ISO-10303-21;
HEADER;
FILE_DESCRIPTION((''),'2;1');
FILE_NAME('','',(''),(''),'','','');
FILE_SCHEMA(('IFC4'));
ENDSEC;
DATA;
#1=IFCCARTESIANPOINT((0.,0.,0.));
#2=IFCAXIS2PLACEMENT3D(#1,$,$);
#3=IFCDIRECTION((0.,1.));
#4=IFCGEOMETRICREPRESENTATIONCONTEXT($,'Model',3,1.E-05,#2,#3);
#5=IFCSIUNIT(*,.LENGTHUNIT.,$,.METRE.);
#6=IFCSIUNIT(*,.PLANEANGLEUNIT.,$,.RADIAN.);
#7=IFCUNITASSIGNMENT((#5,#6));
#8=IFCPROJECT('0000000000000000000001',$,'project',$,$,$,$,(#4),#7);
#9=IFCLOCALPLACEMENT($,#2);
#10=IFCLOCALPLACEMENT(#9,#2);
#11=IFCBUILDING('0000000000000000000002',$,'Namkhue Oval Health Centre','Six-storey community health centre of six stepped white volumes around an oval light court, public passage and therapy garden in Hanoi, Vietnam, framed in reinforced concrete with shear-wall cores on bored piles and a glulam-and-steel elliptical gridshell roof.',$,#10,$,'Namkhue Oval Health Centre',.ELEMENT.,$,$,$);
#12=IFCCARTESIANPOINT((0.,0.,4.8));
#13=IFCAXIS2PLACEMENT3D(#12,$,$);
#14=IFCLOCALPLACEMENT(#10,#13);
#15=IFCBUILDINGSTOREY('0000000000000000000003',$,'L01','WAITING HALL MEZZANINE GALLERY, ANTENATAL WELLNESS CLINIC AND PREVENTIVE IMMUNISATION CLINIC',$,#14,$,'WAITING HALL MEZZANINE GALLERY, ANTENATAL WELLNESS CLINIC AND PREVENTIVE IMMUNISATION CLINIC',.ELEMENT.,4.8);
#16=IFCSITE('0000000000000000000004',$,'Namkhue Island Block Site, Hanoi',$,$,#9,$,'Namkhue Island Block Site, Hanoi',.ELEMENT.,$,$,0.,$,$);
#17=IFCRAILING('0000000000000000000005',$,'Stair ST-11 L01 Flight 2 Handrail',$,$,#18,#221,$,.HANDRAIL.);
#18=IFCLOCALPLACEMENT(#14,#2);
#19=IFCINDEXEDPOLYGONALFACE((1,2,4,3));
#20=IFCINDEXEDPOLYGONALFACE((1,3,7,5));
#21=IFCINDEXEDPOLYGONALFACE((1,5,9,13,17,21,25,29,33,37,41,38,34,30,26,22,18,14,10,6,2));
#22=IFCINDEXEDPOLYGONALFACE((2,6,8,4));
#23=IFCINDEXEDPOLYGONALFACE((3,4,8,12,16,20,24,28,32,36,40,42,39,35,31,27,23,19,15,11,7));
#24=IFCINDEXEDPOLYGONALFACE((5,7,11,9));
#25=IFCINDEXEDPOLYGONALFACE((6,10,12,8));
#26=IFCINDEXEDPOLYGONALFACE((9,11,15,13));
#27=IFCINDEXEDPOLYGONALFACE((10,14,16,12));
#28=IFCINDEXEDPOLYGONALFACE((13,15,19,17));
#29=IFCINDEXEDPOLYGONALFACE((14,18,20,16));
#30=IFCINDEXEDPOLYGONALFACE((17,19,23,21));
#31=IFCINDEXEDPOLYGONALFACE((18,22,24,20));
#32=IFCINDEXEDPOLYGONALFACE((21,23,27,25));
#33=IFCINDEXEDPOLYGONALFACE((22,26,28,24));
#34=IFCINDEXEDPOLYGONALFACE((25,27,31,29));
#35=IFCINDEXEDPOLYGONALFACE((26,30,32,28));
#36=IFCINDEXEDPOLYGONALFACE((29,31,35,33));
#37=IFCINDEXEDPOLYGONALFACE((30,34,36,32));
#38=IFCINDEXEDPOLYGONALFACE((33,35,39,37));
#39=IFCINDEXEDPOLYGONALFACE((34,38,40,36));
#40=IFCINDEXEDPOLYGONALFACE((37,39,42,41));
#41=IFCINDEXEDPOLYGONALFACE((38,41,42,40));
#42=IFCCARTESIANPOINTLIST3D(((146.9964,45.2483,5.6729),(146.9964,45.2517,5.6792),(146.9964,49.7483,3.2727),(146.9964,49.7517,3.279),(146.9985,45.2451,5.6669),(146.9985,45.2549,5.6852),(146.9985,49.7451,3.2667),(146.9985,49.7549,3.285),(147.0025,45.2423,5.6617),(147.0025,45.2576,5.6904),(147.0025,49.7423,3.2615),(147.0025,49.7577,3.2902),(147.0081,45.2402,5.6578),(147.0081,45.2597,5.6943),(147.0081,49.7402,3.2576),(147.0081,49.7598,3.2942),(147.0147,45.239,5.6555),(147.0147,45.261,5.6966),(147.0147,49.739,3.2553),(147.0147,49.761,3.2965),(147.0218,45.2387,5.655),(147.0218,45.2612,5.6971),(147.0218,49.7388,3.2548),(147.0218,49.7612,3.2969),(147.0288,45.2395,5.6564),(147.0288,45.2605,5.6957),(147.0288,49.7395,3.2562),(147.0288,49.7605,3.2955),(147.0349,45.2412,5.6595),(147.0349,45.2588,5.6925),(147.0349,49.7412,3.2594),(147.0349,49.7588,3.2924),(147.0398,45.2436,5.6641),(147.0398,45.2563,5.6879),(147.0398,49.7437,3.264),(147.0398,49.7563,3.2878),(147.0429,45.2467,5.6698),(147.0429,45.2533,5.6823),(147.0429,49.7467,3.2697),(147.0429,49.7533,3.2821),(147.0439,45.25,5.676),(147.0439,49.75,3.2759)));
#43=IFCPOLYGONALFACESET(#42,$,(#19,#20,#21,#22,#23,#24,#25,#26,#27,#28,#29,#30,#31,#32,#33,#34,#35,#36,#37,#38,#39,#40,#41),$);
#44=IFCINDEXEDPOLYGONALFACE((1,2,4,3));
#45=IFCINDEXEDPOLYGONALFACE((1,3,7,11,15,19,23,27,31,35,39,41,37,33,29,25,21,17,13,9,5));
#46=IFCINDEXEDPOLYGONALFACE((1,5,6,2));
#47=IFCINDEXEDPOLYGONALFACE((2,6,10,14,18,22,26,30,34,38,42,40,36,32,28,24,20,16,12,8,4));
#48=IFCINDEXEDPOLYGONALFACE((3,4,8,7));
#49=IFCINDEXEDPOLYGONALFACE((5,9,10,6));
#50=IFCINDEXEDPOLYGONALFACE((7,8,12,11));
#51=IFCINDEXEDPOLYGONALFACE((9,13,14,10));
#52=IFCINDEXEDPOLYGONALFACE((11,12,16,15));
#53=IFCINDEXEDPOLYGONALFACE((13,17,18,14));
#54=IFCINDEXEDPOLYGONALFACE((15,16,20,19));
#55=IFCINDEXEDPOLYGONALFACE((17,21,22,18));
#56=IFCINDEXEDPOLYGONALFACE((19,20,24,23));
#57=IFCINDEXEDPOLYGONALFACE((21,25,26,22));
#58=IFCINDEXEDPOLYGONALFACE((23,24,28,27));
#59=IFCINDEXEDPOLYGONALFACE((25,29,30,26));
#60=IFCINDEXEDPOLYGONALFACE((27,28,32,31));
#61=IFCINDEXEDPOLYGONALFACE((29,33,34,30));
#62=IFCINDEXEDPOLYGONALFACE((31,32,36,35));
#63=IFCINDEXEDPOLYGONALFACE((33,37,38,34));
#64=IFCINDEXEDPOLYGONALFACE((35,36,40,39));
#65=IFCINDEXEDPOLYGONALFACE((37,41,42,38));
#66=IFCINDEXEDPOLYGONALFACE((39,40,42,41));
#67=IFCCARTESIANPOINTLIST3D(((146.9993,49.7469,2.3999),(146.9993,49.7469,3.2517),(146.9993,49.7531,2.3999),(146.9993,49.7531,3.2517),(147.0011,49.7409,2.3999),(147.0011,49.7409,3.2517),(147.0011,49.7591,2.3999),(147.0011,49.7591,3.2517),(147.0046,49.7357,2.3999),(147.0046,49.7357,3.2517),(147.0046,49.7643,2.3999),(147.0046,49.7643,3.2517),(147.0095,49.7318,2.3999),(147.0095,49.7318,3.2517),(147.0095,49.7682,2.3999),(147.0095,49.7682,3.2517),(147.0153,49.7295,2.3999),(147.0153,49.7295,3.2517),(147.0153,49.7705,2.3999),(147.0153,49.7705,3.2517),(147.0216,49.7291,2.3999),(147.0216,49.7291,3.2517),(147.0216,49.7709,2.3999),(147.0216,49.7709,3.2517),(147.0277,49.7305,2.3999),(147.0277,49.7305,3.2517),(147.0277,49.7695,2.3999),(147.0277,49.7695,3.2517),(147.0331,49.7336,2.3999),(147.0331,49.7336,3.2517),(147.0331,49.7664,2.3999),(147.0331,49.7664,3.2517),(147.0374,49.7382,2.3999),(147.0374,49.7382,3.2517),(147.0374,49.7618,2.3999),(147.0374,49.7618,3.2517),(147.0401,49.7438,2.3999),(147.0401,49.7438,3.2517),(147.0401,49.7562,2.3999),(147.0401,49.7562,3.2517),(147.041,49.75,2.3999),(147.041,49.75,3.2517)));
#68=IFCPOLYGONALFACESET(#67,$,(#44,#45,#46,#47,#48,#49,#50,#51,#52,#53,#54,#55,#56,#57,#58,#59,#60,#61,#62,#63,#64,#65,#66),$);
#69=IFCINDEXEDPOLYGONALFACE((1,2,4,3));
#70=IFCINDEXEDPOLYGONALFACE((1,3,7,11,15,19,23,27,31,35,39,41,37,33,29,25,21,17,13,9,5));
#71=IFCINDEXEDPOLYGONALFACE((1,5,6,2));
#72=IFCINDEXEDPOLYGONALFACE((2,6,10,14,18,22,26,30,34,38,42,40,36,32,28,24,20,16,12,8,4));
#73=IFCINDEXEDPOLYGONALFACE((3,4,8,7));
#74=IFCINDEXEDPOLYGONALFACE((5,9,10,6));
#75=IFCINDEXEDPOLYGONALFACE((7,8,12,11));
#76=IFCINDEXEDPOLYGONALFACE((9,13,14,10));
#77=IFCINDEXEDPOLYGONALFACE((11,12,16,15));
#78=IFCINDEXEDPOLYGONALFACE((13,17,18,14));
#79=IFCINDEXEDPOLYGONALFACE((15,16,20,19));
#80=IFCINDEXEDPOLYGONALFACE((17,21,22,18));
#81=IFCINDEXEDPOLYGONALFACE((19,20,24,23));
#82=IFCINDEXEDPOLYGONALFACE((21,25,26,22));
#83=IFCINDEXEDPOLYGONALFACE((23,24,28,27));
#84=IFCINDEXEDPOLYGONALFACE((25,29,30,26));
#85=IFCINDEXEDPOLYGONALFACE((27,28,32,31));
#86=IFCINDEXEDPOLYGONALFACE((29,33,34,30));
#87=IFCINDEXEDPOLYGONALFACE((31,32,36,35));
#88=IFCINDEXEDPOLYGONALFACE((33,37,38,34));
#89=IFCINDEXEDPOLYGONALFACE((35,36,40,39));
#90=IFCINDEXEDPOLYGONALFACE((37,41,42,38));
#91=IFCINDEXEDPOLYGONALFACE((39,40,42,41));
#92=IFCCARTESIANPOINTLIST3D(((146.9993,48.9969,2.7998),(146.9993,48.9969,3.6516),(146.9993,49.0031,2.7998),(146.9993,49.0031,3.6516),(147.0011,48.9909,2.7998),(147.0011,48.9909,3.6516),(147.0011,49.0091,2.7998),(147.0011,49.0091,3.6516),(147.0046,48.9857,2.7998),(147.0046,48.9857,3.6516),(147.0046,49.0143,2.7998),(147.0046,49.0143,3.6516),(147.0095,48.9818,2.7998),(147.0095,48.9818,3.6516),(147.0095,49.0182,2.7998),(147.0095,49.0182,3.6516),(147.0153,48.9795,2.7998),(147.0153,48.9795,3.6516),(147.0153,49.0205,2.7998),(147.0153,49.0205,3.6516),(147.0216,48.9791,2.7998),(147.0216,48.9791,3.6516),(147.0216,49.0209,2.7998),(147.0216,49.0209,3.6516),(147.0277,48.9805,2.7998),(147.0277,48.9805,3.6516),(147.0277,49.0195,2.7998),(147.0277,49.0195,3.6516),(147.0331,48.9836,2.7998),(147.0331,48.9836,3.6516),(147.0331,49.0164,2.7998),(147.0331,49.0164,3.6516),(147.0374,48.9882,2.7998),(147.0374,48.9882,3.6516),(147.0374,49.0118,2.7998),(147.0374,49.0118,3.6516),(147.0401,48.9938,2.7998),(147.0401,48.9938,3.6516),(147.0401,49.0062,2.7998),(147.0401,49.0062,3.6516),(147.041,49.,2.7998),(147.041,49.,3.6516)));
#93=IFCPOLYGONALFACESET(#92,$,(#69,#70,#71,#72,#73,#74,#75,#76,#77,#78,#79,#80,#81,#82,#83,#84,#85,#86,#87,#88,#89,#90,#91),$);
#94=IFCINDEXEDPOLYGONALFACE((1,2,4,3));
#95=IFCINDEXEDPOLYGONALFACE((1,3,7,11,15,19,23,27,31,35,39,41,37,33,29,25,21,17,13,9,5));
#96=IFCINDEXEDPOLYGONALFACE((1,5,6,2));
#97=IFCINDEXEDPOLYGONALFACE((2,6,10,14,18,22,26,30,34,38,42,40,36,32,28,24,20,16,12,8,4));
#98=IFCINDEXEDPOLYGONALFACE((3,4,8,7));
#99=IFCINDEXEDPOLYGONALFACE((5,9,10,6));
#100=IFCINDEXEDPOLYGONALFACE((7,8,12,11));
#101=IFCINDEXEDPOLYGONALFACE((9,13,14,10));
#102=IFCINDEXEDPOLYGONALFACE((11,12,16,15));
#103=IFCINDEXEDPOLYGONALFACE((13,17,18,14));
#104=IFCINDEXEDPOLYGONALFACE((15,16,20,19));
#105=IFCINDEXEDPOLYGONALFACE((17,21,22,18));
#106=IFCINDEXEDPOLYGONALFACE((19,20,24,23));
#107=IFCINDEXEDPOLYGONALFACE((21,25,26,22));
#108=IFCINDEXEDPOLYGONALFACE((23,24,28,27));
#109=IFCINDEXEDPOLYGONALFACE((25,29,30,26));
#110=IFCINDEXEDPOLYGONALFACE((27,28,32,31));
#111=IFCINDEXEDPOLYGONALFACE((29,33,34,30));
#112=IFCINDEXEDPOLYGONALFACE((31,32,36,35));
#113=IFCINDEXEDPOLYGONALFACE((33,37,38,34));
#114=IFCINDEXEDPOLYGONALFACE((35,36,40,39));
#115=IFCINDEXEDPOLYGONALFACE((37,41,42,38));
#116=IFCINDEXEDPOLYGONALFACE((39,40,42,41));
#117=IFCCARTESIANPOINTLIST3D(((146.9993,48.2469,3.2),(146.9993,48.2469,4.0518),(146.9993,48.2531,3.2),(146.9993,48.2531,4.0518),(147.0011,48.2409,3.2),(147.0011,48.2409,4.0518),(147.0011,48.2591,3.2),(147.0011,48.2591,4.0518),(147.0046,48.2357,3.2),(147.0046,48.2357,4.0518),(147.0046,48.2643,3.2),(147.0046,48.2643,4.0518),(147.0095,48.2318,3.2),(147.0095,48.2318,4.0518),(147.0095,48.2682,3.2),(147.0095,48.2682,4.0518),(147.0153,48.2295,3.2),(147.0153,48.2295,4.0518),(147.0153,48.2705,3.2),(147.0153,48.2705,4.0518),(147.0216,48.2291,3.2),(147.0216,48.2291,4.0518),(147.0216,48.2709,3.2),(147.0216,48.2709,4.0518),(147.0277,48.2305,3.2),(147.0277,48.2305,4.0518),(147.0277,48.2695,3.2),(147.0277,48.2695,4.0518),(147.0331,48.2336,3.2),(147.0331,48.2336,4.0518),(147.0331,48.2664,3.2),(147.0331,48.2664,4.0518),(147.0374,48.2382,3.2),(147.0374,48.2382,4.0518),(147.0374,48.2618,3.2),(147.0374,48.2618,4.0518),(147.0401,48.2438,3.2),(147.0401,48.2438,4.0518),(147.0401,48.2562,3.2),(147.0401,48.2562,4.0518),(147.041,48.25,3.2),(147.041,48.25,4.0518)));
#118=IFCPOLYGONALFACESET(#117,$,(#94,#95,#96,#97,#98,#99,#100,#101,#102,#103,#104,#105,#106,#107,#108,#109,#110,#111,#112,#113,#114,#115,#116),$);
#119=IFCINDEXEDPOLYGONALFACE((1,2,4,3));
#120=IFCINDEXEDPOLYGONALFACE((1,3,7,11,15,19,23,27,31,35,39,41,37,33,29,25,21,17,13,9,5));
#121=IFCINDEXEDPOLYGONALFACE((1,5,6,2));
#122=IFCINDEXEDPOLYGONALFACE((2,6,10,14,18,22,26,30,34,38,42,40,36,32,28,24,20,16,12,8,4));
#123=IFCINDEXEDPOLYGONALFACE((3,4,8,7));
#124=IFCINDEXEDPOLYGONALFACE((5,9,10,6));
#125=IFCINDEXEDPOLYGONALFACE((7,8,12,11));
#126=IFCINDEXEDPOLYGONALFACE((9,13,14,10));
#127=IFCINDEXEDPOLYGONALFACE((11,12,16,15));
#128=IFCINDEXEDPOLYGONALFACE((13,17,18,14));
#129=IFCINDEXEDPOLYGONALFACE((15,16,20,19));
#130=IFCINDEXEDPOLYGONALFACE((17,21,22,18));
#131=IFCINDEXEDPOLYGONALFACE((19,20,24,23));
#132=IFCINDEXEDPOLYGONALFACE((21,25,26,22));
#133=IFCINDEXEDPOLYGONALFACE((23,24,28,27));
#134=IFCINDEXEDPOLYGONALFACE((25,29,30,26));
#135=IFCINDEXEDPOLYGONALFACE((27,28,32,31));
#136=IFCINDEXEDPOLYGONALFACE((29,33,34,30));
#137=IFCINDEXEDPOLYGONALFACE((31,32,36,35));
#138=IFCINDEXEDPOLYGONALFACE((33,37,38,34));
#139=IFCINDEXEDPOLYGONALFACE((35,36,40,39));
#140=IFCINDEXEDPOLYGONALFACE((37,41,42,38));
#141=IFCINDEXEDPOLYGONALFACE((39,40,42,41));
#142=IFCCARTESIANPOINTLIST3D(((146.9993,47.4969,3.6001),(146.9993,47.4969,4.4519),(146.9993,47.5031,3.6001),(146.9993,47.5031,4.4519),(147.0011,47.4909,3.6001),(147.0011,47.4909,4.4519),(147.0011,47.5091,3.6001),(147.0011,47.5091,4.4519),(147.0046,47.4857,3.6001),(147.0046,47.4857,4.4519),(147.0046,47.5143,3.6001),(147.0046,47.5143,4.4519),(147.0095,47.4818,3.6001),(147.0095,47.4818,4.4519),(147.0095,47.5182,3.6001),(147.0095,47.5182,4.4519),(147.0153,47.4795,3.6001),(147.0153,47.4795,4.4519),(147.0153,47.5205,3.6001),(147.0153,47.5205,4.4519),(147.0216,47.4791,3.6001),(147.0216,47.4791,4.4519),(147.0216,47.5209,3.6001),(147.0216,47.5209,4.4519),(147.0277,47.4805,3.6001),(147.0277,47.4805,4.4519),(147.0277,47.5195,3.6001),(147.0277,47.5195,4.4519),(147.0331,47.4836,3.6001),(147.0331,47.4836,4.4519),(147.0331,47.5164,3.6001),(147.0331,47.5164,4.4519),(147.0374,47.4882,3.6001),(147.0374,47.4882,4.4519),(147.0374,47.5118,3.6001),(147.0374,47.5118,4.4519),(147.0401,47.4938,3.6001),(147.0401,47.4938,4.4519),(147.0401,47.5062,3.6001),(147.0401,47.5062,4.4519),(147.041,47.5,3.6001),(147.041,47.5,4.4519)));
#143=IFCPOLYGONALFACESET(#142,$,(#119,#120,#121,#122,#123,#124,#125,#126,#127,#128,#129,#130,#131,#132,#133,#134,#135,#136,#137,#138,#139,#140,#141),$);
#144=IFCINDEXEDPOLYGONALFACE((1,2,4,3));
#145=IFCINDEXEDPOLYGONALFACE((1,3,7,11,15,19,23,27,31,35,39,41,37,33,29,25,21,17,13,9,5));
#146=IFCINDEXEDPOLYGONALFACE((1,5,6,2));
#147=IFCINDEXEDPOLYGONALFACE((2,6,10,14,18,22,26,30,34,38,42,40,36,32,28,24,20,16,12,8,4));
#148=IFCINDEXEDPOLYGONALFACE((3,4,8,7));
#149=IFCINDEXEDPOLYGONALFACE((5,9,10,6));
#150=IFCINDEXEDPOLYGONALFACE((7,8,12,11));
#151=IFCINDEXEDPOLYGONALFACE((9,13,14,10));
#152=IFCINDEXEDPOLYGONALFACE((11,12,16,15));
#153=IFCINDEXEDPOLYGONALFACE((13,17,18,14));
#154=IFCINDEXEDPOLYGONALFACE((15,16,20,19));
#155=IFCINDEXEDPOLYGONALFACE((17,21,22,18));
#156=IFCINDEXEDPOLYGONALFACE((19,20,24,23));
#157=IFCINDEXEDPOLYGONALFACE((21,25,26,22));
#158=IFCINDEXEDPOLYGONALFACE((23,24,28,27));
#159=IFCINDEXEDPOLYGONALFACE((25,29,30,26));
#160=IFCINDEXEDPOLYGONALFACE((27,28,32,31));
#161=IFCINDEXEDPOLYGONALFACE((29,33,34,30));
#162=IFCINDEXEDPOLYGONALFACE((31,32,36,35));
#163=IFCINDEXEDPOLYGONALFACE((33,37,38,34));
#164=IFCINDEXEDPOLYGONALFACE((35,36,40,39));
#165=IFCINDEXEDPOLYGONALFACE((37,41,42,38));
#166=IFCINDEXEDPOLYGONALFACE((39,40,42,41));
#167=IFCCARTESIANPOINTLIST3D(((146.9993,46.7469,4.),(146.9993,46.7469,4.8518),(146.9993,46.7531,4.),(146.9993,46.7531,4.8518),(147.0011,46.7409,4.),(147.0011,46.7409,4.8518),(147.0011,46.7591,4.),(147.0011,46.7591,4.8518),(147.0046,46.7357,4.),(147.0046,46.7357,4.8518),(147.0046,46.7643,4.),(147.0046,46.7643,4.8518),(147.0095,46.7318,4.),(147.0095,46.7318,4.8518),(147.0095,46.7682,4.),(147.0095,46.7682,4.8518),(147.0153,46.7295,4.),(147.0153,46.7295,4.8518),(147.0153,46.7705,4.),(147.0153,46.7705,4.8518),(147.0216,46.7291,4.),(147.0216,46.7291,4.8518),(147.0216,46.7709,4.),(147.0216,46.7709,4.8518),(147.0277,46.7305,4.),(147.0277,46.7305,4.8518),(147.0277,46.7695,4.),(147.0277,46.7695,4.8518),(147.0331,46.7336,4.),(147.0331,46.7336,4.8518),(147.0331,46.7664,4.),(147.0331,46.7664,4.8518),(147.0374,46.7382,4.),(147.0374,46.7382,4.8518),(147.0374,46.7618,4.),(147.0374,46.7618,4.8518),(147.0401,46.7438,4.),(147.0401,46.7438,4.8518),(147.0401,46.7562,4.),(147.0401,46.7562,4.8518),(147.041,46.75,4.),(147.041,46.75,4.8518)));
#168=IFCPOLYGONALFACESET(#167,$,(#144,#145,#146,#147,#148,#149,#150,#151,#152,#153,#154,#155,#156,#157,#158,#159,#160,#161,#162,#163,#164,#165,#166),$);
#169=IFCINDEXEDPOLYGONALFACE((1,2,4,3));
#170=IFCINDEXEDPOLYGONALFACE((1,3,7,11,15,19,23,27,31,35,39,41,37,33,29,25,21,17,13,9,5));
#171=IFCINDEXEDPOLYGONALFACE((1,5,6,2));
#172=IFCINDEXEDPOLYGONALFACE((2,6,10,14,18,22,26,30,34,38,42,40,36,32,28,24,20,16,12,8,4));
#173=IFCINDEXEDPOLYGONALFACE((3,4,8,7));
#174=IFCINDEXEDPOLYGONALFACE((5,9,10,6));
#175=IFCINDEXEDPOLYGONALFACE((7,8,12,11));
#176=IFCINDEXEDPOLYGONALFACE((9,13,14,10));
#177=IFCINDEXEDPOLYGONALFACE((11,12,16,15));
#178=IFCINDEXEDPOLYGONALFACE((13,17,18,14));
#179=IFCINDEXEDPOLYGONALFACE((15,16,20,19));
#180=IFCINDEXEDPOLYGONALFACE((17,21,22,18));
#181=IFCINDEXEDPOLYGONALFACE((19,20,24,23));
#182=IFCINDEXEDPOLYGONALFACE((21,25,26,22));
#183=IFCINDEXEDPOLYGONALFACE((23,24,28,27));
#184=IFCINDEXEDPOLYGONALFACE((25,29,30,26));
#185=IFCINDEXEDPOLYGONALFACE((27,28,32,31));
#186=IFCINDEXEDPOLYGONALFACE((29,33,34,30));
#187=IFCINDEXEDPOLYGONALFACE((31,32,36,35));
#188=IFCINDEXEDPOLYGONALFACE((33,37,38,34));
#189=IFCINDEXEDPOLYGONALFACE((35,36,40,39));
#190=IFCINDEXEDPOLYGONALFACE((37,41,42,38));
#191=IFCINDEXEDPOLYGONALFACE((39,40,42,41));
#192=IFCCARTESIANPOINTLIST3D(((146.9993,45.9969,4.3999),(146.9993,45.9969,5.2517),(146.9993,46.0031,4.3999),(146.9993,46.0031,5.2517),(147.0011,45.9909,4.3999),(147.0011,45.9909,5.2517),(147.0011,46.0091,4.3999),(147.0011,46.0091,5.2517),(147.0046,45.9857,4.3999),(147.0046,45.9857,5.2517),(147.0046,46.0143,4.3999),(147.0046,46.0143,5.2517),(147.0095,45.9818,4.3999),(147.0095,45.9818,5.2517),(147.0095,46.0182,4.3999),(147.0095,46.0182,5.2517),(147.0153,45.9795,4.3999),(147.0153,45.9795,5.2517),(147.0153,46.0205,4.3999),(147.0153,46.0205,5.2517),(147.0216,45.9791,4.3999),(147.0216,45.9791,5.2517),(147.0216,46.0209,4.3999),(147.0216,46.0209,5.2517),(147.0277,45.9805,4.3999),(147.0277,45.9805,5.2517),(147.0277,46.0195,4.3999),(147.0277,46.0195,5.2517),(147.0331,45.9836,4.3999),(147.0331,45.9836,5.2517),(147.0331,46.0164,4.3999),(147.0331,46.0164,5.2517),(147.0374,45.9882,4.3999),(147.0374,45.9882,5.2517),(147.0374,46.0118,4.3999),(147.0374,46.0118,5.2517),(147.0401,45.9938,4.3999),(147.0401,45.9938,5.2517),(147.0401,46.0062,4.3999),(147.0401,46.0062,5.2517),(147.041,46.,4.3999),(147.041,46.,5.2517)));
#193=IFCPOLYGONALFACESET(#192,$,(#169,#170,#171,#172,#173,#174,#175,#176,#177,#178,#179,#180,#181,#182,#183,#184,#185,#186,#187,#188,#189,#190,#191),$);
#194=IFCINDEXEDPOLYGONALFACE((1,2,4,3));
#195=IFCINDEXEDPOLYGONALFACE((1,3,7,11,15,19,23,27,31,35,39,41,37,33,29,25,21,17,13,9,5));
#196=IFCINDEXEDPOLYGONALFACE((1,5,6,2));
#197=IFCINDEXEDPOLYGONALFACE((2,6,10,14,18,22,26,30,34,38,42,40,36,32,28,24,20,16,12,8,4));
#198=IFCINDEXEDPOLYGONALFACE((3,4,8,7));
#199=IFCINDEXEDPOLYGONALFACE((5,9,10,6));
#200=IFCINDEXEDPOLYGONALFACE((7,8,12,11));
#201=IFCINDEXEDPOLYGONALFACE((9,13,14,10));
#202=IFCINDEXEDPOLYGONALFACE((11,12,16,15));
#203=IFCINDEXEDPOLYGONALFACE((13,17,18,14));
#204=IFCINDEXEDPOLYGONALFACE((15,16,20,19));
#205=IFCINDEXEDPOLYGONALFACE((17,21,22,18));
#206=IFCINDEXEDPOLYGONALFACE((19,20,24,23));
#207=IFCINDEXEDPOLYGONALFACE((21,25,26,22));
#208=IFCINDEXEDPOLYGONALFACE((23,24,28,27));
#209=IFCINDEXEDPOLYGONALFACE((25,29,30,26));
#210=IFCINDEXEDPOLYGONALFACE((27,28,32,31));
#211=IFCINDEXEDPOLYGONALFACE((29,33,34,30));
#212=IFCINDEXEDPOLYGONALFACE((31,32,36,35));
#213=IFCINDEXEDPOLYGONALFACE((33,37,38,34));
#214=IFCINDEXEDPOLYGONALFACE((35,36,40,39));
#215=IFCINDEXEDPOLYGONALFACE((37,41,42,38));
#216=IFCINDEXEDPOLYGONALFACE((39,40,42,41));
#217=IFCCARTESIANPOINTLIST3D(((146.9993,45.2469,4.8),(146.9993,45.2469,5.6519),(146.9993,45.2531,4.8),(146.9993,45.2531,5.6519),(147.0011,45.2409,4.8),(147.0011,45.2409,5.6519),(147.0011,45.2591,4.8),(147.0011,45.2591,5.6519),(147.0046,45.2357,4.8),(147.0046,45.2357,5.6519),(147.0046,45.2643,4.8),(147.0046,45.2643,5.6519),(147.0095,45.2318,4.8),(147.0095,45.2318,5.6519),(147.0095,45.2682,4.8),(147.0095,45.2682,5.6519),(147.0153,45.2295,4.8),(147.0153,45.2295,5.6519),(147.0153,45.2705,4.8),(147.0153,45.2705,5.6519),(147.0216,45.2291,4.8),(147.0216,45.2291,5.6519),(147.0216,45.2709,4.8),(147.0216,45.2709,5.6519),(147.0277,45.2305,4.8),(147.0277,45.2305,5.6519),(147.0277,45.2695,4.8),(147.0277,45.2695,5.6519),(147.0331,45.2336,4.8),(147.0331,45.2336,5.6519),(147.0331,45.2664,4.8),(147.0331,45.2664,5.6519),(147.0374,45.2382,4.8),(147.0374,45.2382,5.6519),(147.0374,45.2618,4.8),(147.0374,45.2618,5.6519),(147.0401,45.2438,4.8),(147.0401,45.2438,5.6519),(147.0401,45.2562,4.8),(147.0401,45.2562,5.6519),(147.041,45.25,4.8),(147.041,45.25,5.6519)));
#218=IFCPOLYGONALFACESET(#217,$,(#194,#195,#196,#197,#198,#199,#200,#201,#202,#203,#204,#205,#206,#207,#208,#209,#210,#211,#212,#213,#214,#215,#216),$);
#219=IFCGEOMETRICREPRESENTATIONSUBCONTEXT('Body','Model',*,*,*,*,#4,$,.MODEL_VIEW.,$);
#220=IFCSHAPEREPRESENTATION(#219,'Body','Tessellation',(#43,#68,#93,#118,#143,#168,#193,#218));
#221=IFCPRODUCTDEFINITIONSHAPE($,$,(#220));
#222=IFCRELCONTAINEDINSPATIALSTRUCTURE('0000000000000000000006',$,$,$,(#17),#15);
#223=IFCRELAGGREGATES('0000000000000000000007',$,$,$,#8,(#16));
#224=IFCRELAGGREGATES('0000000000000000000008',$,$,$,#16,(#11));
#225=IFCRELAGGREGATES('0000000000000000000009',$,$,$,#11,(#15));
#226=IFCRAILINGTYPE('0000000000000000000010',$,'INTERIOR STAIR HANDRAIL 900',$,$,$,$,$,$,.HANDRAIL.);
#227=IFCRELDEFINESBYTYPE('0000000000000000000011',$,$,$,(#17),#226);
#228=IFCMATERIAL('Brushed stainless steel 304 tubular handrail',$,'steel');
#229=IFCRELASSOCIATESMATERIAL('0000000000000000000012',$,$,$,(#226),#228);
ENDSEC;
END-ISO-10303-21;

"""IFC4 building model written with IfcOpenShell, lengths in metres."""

from ifc_helpers import new_model, si_unit, direction, frame, origin, origin_2d, place, context, subcontext, project, spatial, circle, extrude, material, type_object, element, save


model = new_model("IFC4")

# Units and contexts
model_context = context("Model", 3, precision=1e-05, world=origin(), true_north=direction((0.0, 1.0)))
body_context = subcontext(model_context, "Body", "Model", "MODEL_VIEW")
ifc_project = project(units=[si_unit("LENGTHUNIT", "METRE"), si_unit("PLANEANGLEUNIT", "RADIAN")], contexts=[model_context])

# Site, building, storey
site_placement = place(None, origin())
site = spatial("IfcSite", under=ifc_project, at=site_placement, Name="Namkhue Island Block Site, Hanoi", LongName="Namkhue Island Block Site, Hanoi", CompositionType="ELEMENT", RefElevation=0.0)
building_placement = place(site_placement, origin())
building = spatial("IfcBuilding", under=site, at=building_placement, Name="Namkhue Oval Health Centre", Description="Six-storey community health centre of six stepped white volumes around an oval light court, public passage and therapy garden in Hanoi, Vietnam, framed in reinforced concrete with shear-wall cores on bored piles and a glulam-and-steel elliptical gridshell roof.", LongName="Namkhue Oval Health Centre", CompositionType="ELEMENT")
storey_placement = place(building_placement, frame((0.0, 0.0, 4.8)))
storey = spatial("IfcBuildingStorey", under=building, at=storey_placement, Name="L01", Description="WAITING HALL MEZZANINE GALLERY, ANTENATAL WELLNESS CLINIC AND PREVENTIVE IMMUNISATION CLINIC", LongName="WAITING HALL MEZZANINE GALLERY, ANTENATAL WELLNESS CLINIC AND PREVENTIVE IMMUNISATION CLINIC", CompositionType="ELEMENT", Elevation=4.8)

# Railing
ifc_material_1 = material(Name="Brushed stainless steel 304 tubular handrail", Category="steel")
railing_type_1 = type_object("IfcRailingType", Name="INTERIOR STAIR HANDRAIL 900", PredefinedType="HANDRAIL", material=ifc_material_1)
railing_1_placement = place(storey_placement, frame((147.02, 49.75, 2.3999)))
element("IfcRailing", 1, at=railing_1_placement, inside=storey, type_object=railing_type_1, Name="Stair ST-11 L01 Flight 2 Handrail", PredefinedType="HANDRAIL", context=body_context, shape_type="SweptSolid", body=[
    extrude(circle(Radius=0.0239, at=origin_2d()), frame((0.0, 0.0, 0.876), z_axis=(0.0, -0.882341, 0.470611), x_axis=(1.0, 0.0, 0.0)), (0.0, 0.0, 1.0), 5.1001),
    extrude(circle(Radius=0.021, at=origin_2d()), origin(), (0.0, 0.0, 1.0), 0.8518),
    extrude(circle(Radius=0.021, at=origin_2d()), frame((0.0, -0.75, 0.3999)), (0.0, 0.0, 1.0), 0.8518),
    extrude(circle(Radius=0.021, at=origin_2d()), frame((0.0, -1.5, 0.8)), (0.0, 0.0, 1.0), 0.8518),
    extrude(circle(Radius=0.021, at=origin_2d()), frame((0.0, -2.25, 1.2002)), (0.0, 0.0, 1.0), 0.8518),
    extrude(circle(Radius=0.021, at=origin_2d()), frame((0.0, -3.0, 1.6001)), (0.0, 0.0, 1.0), 0.8518),
    extrude(circle(Radius=0.021, at=origin_2d()), frame((0.0, -3.75, 2.0)), (0.0, 0.0, 1.0), 0.8518),
    extrude(circle(Radius=0.021, at=origin_2d()), frame((0.0, -4.5, 2.4001)), (0.0, 0.0, 1.0), 0.8518),
])

save(model, "model.ifc")
